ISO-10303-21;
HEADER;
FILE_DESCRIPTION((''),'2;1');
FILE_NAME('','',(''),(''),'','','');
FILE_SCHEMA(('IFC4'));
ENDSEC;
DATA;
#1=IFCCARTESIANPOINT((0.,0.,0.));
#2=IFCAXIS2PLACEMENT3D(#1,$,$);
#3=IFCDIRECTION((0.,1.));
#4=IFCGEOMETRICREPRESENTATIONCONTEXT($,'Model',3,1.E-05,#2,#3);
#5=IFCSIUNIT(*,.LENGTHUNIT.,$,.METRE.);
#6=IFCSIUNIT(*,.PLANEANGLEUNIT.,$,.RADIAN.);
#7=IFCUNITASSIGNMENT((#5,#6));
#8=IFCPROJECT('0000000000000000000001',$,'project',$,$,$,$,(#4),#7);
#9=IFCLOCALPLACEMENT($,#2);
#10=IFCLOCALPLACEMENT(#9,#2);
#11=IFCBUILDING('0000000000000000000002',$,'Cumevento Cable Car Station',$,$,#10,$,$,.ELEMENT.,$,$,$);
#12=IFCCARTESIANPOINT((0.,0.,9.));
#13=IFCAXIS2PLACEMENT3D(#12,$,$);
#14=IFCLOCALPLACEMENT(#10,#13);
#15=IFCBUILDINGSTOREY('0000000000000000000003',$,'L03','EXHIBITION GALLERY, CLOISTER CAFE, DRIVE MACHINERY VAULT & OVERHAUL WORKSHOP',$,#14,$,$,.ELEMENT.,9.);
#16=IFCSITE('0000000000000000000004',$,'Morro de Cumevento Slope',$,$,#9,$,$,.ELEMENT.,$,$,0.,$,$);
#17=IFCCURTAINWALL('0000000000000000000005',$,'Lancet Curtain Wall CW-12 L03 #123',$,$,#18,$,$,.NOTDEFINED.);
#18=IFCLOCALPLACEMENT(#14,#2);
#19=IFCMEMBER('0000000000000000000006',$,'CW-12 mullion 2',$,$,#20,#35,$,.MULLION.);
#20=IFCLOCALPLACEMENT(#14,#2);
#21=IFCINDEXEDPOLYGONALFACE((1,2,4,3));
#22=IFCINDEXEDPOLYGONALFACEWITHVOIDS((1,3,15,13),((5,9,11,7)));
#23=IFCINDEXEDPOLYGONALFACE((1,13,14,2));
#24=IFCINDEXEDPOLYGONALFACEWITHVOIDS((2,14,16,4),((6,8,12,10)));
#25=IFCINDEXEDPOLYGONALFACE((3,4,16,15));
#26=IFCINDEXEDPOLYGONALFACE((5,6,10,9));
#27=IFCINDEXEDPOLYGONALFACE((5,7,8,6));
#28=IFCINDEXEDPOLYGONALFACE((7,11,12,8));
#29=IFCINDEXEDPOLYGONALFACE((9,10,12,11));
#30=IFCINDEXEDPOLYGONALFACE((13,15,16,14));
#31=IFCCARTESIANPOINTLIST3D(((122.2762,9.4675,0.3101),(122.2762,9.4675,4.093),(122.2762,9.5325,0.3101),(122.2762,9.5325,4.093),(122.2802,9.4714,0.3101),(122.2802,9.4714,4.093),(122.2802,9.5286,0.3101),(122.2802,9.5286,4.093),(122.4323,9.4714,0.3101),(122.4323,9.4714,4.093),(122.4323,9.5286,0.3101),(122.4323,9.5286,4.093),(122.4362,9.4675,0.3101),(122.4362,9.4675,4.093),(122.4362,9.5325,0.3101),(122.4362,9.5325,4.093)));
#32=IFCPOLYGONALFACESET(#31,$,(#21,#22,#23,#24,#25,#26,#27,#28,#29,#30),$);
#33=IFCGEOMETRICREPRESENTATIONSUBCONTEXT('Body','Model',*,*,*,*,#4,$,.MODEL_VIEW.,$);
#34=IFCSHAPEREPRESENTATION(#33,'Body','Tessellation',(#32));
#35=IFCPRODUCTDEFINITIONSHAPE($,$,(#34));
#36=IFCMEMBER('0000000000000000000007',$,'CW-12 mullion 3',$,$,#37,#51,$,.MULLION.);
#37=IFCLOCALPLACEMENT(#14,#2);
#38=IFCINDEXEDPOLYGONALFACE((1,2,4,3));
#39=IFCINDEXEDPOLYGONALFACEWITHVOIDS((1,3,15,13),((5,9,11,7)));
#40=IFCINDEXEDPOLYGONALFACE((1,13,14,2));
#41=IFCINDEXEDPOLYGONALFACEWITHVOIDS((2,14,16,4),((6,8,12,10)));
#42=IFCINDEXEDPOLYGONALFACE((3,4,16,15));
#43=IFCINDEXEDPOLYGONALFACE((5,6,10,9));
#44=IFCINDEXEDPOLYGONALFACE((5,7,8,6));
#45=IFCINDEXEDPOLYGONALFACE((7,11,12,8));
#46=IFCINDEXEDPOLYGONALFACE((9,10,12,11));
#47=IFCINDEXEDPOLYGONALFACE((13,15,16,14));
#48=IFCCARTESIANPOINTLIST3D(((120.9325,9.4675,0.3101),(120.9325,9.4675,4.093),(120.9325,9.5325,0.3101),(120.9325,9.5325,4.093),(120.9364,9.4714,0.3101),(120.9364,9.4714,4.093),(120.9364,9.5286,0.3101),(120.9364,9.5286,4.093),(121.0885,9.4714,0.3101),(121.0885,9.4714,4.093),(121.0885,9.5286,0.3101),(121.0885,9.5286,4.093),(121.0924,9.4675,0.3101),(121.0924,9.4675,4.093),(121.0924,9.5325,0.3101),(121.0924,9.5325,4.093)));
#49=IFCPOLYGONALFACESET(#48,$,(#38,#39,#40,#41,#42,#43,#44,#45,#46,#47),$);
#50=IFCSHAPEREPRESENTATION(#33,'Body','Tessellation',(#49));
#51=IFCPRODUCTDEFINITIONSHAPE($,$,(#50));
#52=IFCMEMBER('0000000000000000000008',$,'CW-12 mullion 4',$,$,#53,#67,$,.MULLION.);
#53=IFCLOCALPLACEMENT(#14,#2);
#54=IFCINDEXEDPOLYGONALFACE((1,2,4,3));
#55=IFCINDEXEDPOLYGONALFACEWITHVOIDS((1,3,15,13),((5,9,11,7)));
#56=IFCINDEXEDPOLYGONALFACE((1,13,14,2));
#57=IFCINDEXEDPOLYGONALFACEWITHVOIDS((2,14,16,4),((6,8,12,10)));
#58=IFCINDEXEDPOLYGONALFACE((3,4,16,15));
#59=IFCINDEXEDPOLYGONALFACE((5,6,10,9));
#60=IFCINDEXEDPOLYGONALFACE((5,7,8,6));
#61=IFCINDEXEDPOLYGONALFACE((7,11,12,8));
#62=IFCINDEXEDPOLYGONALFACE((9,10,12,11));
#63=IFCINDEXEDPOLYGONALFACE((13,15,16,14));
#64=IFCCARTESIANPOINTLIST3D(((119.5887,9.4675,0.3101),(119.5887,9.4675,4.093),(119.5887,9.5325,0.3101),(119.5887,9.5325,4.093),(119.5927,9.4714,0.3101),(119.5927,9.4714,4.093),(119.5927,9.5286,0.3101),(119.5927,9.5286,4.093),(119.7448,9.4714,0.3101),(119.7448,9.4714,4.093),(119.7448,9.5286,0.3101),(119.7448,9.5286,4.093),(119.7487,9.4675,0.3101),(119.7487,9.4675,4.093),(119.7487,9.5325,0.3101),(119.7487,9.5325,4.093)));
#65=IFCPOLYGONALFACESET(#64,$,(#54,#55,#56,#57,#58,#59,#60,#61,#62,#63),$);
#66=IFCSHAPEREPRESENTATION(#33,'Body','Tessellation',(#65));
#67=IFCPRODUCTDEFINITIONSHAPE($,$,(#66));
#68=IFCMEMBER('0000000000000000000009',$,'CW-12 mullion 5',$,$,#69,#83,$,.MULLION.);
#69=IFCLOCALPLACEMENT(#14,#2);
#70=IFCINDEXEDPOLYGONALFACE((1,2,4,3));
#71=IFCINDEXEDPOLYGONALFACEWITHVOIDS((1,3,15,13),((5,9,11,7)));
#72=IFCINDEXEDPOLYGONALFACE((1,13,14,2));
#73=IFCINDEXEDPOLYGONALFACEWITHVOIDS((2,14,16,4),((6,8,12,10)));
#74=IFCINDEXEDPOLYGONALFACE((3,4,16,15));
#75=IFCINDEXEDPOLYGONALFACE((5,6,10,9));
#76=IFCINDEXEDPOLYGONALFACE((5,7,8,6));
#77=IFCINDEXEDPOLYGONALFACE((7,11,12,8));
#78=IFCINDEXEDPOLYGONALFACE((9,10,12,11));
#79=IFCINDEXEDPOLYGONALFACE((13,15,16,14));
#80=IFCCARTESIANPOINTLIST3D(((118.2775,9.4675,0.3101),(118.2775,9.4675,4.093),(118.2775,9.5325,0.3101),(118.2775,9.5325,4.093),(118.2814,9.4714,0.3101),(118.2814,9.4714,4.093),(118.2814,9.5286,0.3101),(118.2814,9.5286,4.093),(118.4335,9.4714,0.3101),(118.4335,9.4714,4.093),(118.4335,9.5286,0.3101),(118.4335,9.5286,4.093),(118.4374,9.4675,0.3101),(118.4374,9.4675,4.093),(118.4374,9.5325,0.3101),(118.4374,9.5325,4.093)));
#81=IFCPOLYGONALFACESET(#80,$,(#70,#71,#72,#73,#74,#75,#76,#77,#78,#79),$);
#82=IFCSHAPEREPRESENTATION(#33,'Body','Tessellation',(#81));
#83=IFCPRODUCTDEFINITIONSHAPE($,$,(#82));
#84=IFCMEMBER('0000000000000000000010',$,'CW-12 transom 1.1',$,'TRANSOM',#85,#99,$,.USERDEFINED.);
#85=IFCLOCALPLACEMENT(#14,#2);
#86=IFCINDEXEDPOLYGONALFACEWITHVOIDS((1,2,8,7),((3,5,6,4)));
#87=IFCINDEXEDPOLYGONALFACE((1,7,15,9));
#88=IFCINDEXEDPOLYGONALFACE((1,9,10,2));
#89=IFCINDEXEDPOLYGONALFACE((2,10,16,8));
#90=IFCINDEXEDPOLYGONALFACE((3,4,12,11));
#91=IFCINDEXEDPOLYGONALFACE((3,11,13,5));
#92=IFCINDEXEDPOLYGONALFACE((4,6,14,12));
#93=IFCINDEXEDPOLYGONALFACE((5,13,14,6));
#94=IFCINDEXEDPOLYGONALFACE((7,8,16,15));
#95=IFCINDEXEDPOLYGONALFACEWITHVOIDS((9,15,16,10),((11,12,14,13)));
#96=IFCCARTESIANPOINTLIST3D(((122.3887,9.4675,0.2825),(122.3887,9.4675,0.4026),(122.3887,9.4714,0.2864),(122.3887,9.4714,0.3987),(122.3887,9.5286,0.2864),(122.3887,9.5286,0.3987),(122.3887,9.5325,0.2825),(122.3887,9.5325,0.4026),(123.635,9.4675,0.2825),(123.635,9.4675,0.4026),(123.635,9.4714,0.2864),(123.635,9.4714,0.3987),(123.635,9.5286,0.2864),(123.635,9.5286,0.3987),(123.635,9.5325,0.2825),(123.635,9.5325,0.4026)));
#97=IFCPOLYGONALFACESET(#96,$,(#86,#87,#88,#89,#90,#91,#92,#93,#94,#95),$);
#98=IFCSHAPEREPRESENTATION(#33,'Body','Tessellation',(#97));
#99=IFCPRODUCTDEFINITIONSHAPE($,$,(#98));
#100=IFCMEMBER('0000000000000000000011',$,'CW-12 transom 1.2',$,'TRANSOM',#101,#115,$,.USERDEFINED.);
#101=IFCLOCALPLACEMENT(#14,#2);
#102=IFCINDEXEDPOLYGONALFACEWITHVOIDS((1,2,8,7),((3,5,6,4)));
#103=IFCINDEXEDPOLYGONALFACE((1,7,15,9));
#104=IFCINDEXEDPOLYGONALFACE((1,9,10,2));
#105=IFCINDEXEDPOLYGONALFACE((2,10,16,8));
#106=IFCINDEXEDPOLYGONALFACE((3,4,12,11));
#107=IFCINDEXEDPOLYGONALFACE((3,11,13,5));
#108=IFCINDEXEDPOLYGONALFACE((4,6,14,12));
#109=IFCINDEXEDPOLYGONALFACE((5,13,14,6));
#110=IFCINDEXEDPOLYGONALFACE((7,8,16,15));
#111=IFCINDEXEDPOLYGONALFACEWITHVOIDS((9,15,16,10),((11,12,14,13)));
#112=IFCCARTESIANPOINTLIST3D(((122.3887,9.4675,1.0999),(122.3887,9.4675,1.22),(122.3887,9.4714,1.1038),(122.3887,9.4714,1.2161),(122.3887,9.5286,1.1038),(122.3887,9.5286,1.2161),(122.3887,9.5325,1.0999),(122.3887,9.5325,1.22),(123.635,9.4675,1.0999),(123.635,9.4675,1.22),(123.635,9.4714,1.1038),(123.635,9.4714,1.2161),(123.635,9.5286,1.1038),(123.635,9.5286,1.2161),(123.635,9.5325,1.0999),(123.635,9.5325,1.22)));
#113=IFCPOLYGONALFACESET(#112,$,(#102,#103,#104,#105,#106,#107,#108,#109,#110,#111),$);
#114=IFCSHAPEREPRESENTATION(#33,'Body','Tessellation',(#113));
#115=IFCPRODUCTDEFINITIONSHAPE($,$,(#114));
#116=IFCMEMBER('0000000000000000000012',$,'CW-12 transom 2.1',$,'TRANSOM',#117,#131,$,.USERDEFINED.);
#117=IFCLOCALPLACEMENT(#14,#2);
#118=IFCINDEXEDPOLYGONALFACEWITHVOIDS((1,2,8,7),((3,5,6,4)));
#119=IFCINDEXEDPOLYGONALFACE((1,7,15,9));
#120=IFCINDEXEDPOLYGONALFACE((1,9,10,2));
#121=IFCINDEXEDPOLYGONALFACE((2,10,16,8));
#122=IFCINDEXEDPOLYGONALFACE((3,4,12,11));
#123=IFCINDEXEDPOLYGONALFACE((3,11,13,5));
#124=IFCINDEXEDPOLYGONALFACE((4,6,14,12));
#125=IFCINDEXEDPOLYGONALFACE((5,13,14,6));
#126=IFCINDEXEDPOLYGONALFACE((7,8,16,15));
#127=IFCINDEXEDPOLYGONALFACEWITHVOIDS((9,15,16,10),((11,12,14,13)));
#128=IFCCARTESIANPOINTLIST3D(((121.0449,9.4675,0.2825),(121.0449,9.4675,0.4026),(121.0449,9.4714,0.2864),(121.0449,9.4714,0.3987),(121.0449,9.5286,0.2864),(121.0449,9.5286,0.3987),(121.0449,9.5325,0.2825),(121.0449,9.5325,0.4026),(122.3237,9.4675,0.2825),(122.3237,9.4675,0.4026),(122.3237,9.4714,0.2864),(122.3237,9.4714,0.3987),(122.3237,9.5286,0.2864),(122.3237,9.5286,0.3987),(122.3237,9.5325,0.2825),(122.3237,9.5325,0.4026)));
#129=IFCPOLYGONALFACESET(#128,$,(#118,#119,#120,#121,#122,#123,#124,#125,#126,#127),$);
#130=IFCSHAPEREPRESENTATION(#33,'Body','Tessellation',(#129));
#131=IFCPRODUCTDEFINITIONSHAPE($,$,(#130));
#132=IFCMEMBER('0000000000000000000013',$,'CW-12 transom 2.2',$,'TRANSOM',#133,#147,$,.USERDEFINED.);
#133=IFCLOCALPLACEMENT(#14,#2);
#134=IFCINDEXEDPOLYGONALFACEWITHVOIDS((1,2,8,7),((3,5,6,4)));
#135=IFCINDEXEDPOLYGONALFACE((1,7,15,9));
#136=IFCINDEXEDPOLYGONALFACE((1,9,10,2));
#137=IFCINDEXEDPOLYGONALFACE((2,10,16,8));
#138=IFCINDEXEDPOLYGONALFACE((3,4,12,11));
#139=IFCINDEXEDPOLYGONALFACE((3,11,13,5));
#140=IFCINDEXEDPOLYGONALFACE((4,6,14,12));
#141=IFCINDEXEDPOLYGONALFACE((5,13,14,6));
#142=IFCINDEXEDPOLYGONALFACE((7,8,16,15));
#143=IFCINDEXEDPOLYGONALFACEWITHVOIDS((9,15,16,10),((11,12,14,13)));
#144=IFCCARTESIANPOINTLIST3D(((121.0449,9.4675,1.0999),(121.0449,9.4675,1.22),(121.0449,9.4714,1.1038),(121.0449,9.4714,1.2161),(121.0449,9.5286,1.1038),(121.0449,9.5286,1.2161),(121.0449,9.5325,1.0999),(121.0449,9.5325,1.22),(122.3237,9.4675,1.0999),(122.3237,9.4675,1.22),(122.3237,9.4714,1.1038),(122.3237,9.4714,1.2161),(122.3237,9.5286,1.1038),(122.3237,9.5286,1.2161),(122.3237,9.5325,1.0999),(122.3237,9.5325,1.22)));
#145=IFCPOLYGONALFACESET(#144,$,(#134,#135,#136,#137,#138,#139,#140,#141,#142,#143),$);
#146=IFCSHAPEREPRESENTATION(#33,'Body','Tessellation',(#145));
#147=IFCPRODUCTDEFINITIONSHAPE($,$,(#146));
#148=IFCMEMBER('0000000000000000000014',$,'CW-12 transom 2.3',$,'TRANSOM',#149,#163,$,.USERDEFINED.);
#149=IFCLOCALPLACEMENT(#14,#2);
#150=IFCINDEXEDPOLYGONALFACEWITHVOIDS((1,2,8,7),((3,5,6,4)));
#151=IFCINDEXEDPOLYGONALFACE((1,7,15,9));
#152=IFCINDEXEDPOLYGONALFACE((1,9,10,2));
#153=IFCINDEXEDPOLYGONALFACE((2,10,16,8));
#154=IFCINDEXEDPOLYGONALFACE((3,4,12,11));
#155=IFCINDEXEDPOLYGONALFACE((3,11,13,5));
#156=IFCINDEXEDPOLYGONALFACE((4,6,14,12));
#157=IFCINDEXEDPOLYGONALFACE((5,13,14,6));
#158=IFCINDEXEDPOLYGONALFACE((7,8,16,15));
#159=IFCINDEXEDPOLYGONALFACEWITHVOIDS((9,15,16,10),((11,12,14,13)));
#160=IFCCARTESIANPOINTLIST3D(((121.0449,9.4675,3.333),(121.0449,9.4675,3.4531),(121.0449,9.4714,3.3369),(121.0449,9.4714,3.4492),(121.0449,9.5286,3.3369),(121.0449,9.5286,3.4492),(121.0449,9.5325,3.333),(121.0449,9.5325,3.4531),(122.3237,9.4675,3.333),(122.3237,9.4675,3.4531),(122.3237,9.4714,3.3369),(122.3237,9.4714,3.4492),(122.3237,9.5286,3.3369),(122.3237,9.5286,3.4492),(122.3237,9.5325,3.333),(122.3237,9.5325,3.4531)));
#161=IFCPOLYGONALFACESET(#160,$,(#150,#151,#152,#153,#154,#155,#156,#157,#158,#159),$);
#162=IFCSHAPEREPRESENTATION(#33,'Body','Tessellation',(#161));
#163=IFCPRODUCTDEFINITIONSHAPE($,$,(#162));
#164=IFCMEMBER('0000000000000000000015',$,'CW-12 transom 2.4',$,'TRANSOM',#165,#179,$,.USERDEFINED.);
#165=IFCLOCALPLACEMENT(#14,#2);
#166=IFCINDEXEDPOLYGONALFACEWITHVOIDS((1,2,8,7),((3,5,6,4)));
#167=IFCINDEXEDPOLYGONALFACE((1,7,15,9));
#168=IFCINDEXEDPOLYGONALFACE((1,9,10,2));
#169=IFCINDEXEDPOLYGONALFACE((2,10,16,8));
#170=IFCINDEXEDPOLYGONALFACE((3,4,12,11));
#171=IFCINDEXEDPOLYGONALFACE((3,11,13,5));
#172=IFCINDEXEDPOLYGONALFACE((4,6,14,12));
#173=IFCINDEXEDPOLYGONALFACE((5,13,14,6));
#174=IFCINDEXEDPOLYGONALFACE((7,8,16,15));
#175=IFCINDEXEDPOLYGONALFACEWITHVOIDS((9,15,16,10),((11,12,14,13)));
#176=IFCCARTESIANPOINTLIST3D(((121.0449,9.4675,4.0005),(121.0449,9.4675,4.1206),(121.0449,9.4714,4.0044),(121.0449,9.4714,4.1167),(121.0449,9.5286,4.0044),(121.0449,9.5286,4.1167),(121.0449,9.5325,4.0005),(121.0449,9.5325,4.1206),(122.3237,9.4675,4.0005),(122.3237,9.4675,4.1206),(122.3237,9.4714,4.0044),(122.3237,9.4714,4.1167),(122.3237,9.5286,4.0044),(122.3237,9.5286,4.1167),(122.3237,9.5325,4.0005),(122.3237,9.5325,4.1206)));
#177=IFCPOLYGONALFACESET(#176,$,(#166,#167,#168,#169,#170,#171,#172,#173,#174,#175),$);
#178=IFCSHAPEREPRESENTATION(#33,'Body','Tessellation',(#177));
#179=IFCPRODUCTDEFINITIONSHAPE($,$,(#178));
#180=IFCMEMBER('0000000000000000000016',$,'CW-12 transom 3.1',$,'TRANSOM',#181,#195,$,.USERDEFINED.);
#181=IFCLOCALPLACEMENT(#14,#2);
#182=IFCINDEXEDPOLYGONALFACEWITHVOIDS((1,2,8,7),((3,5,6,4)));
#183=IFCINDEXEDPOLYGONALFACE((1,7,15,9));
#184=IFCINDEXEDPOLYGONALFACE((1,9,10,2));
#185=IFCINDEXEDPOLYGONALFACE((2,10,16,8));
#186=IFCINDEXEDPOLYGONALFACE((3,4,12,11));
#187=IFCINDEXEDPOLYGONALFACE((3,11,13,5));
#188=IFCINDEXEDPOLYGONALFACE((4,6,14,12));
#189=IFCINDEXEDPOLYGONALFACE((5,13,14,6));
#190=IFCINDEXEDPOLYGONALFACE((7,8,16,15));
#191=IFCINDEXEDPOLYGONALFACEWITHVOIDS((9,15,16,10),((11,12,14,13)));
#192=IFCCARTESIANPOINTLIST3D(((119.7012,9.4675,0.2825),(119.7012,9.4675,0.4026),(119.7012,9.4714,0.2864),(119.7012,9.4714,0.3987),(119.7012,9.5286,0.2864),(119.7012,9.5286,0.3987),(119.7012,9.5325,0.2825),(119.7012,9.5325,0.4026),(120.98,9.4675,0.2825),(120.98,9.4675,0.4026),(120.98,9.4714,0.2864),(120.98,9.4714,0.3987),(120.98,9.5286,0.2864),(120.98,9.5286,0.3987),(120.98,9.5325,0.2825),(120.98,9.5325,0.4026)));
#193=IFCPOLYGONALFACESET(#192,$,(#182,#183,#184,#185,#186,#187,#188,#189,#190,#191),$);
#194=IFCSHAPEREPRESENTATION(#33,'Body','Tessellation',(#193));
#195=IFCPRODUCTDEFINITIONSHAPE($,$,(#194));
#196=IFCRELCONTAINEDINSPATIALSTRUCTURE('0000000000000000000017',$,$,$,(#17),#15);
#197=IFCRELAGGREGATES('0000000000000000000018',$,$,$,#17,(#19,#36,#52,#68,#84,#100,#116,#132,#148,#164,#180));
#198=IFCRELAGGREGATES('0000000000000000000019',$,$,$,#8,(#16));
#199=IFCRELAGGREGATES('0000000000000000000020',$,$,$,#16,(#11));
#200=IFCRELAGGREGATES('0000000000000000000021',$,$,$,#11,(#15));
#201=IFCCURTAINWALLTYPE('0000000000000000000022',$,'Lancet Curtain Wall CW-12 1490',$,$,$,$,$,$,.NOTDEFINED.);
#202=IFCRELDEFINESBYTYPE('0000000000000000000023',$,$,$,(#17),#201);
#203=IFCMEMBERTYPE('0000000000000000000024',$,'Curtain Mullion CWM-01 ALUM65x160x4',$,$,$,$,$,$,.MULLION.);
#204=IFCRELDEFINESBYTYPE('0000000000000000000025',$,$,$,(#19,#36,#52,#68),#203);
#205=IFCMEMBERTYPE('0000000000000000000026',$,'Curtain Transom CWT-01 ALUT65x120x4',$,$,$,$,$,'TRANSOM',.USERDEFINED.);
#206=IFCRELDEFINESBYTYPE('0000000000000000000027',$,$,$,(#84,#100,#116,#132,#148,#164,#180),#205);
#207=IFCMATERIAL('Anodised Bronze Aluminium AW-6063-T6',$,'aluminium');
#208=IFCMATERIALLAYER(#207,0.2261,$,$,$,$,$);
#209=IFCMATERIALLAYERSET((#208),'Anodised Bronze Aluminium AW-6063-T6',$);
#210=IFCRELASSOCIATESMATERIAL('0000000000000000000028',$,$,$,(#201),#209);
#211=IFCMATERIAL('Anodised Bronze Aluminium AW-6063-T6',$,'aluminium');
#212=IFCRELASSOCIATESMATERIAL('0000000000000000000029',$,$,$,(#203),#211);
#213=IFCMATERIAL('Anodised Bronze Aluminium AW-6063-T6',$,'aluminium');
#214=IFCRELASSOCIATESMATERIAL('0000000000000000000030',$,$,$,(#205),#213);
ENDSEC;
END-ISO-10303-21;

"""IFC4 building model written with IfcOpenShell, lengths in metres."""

from ifc_helpers import new_model, si_unit, direction, frame, origin, origin_2d, place, context, subcontext, project, spatial, hollow_rectangle, extrude, material, layer, layer_set, material_profile, profile_set, type_object, element, aggregate, save


model = new_model("IFC4")

# Units and contexts
model_context = context("Model", 3, precision=1e-05, world=origin(), true_north=direction((0.0, 1.0)))
body_context = subcontext(model_context, "Body", "Model", "MODEL_VIEW")
ifc_project = project(units=[si_unit("LENGTHUNIT", "METRE"), si_unit("PLANEANGLEUNIT", "RADIAN")], contexts=[model_context])

# Site, building, storey
site_placement = place(None, origin())
site = spatial("IfcSite", under=ifc_project, at=site_placement, Name="Morro de Cumevento Slope", CompositionType="ELEMENT", RefElevation=0.0)
building_placement = place(site_placement, origin())
building = spatial("IfcBuilding", under=site, at=building_placement, Name="Cumevento Cable Car Station", CompositionType="ELEMENT")
storey_placement = place(building_placement, frame((0.0, 0.0, 9.0)))
storey = spatial("IfcBuildingStorey", under=building, at=storey_placement, Name="L03", Description="EXHIBITION GALLERY, CLOISTER CAFE, DRIVE MACHINERY VAULT & OVERHAUL WORKSHOP", CompositionType="ELEMENT", Elevation=9.0)

# Curtain wall, members
ifc_material_1 = material(Name="Anodised Bronze Aluminium AW-6063-T6", Category="aluminium")
ifc_layer_1 = layer(ifc_material_1, 0.2261)
ifc_layer_set_1 = layer_set([ifc_layer_1], Name="Anodised Bronze Aluminium AW-6063-T6")
curtain_wall_type = type_object("IfcCurtainWallType", Name="Lancet Curtain Wall CW-12 1490", PredefinedType="NOTDEFINED", material=ifc_layer_set_1)
curtain_wall_placement = place(storey_placement, origin())
curtain_wall = element("IfcCurtainWall", 1, at=curtain_wall_placement, inside=storey, type_object=curtain_wall_type, Name="Lancet Curtain Wall CW-12 L03 #123", PredefinedType="NOTDEFINED")
ifc_material_2 = material(Name="Anodised Bronze Aluminium AW-6063-T6", Category="aluminium")
ifc_material_profile_1 = material_profile(ifc_material_2, hollow_rectangle(XDim=0.0649, YDim=0.1599, WallThickness=0.0039, at=origin_2d()), Name="ALUM65x160x4")
ifc_profile_set_1 = profile_set([ifc_material_profile_1], Name="Anodised Bronze Aluminium AW-6063-T6")
member_type_1 = type_object("IfcMemberType", Name="Curtain Mullion CWM-01 ALUM65x160x4", PredefinedType="MULLION", material=ifc_profile_set_1)
member_1_placement = place(storey_placement, frame((122.3562, 9.5, 0.3101), z_axis=(0.0, 0.0, 1.0), x_axis=(0.0, -1.0, 0.0)))
member_1 = element("IfcMember", 2, at=member_1_placement, type_object=member_type_1, Name="CW-12 mullion 2", PredefinedType="MULLION", context=body_context, shape_type="SweptSolid", body=[
    extrude(hollow_rectangle(XDim=0.0649, YDim=0.1599, WallThickness=0.0039, at=origin_2d()), origin(), (0.0, 0.0, 1.0), 3.783),
])
member_2_placement = place(storey_placement, frame((121.0125, 9.5, 0.3101), z_axis=(0.0, 0.0, 1.0), x_axis=(0.0, -1.0, 0.0)))
member_2 = element("IfcMember", 3, at=member_2_placement, type_object=member_type_1, Name="CW-12 mullion 3", PredefinedType="MULLION", context=body_context, shape_type="SweptSolid", body=[
    extrude(hollow_rectangle(XDim=0.0649, YDim=0.1599, WallThickness=0.0039, at=origin_2d()), origin(), (0.0, 0.0, 1.0), 3.783),
])
member_3_placement = place(storey_placement, frame((119.6687, 9.5, 0.3101), z_axis=(0.0, 0.0, 1.0), x_axis=(0.0, -1.0, 0.0)))
member_3 = element("IfcMember", 4, at=member_3_placement, type_object=member_type_1, Name="CW-12 mullion 4", PredefinedType="MULLION", context=body_context, shape_type="SweptSolid", body=[
    extrude(hollow_rectangle(XDim=0.0649, YDim=0.1599, WallThickness=0.0039, at=origin_2d()), origin(), (0.0, 0.0, 1.0), 3.783),
])
member_4_placement = place(storey_placement, frame((118.3574, 9.5, 0.3101), z_axis=(0.0, 0.0, 1.0), x_axis=(0.0, -1.0, 0.0)))
member_4 = element("IfcMember", 5, at=member_4_placement, type_object=member_type_1, Name="CW-12 mullion 5", PredefinedType="MULLION", context=body_context, shape_type="SweptSolid", body=[
    extrude(hollow_rectangle(XDim=0.0649, YDim=0.1599, WallThickness=0.0039, at=origin_2d()), origin(), (0.0, 0.0, 1.0), 3.783),
])
ifc_material_3 = material(Name="Anodised Bronze Aluminium AW-6063-T6", Category="aluminium")
ifc_material_profile_2 = material_profile(ifc_material_3, hollow_rectangle(XDim=0.0649, YDim=0.1201, WallThickness=0.0039, at=origin_2d()), Name="ALUT65x120x4")
ifc_profile_set_2 = profile_set([ifc_material_profile_2], Name="Anodised Bronze Aluminium AW-6063-T6")
member_type_2 = type_object("IfcMemberType", Name="Curtain Transom CWT-01 ALUT65x120x4", ElementType="TRANSOM", PredefinedType="USERDEFINED", material=ifc_profile_set_2)
member_5_placement = place(storey_placement, frame((123.635, 9.5, 0.3425), z_axis=(-1.0, 0.0, 0.0), x_axis=(0.0, -1.0, 0.0)))
member_5 = element("IfcMember", 6, at=member_5_placement, type_object=member_type_2, Name="CW-12 transom 1.1", ObjectType="TRANSOM", PredefinedType="USERDEFINED", context=body_context, shape_type="SweptSolid", body=[
    extrude(hollow_rectangle(XDim=0.0649, YDim=0.1201, WallThickness=0.0039, at=origin_2d()), origin(), (0.0, 0.0, 1.0), 1.2463),
])
member_6_placement = place(storey_placement, frame((123.635, 9.5, 1.1599), z_axis=(-1.0, 0.0, 0.0), x_axis=(0.0, -1.0, 0.0)))
member_6 = element("IfcMember", 7, at=member_6_placement, type_object=member_type_2, Name="CW-12 transom 1.2", ObjectType="TRANSOM", PredefinedType="USERDEFINED", context=body_context, shape_type="SweptSolid", body=[
    extrude(hollow_rectangle(XDim=0.0649, YDim=0.1201, WallThickness=0.0039, at=origin_2d()), origin(), (0.0, 0.0, 1.0), 1.2463),
])
member_7_placement = place(storey_placement, frame((122.3237, 9.5, 0.3425), z_axis=(-1.0, 0.0, 0.0), x_axis=(0.0, -1.0, 0.0)))
member_7 = element("IfcMember", 8, at=member_7_placement, type_object=member_type_2, Name="CW-12 transom 2.1", ObjectType="TRANSOM", PredefinedType="USERDEFINED", context=body_context, shape_type="SweptSolid", body=[
    extrude(hollow_rectangle(XDim=0.0649, YDim=0.1201, WallThickness=0.0039, at=origin_2d()), origin(), (0.0, 0.0, 1.0), 1.2788),
])
member_8_placement = place(storey_placement, frame((122.3237, 9.5, 1.1599), z_axis=(-1.0, 0.0, 0.0), x_axis=(0.0, -1.0, 0.0)))
member_8 = element("IfcMember", 9, at=member_8_placement, type_object=member_type_2, Name="CW-12 transom 2.2", ObjectType="TRANSOM", PredefinedType="USERDEFINED", context=body_context, shape_type="SweptSolid", body=[
    extrude(hollow_rectangle(XDim=0.0649, YDim=0.1201, WallThickness=0.0039, at=origin_2d()), origin(), (0.0, 0.0, 1.0), 1.2788),
])
member_9_placement = place(storey_placement, frame((122.3237, 9.5, 3.3931), z_axis=(-1.0, 0.0, 0.0), x_axis=(0.0, -1.0, 0.0)))
member_9 = element("IfcMember", 10, at=member_9_placement, type_object=member_type_2, Name="CW-12 transom 2.3", ObjectType="TRANSOM", PredefinedType="USERDEFINED", context=body_context, shape_type="SweptSolid", body=[
    extrude(hollow_rectangle(XDim=0.0649, YDim=0.1201, WallThickness=0.0039, at=origin_2d()), origin(), (0.0, 0.0, 1.0), 1.2788),
])
member_10_placement = place(storey_placement, frame((122.3237, 9.5, 4.0605), z_axis=(-1.0, 0.0, 0.0), x_axis=(0.0, -1.0, 0.0)))
member_10 = element("IfcMember", 11, at=member_10_placement, type_object=member_type_2, Name="CW-12 transom 2.4", ObjectType="TRANSOM", PredefinedType="USERDEFINED", context=body_context, shape_type="SweptSolid", body=[
    extrude(hollow_rectangle(XDim=0.0649, YDim=0.1201, WallThickness=0.0039, at=origin_2d()), origin(), (0.0, 0.0, 1.0), 1.2788),
])
member_11_placement = place(storey_placement, frame((120.98, 9.5, 0.3425), z_axis=(-1.0, 0.0, 0.0), x_axis=(0.0, -1.0, 0.0)))
member_11 = element("IfcMember", 12, at=member_11_placement, type_object=member_type_2, Name="CW-12 transom 3.1", ObjectType="TRANSOM", PredefinedType="USERDEFINED", context=body_context, shape_type="SweptSolid", body=[
    extrude(hollow_rectangle(XDim=0.0649, YDim=0.1201, WallThickness=0.0039, at=origin_2d()), origin(), (0.0, 0.0, 1.0), 1.2788),
])

aggregate(curtain_wall, [member_1, member_2, member_3, member_4, member_5, member_6, member_7, member_8, member_9, member_10, member_11])

save(model, "model.ifc")
